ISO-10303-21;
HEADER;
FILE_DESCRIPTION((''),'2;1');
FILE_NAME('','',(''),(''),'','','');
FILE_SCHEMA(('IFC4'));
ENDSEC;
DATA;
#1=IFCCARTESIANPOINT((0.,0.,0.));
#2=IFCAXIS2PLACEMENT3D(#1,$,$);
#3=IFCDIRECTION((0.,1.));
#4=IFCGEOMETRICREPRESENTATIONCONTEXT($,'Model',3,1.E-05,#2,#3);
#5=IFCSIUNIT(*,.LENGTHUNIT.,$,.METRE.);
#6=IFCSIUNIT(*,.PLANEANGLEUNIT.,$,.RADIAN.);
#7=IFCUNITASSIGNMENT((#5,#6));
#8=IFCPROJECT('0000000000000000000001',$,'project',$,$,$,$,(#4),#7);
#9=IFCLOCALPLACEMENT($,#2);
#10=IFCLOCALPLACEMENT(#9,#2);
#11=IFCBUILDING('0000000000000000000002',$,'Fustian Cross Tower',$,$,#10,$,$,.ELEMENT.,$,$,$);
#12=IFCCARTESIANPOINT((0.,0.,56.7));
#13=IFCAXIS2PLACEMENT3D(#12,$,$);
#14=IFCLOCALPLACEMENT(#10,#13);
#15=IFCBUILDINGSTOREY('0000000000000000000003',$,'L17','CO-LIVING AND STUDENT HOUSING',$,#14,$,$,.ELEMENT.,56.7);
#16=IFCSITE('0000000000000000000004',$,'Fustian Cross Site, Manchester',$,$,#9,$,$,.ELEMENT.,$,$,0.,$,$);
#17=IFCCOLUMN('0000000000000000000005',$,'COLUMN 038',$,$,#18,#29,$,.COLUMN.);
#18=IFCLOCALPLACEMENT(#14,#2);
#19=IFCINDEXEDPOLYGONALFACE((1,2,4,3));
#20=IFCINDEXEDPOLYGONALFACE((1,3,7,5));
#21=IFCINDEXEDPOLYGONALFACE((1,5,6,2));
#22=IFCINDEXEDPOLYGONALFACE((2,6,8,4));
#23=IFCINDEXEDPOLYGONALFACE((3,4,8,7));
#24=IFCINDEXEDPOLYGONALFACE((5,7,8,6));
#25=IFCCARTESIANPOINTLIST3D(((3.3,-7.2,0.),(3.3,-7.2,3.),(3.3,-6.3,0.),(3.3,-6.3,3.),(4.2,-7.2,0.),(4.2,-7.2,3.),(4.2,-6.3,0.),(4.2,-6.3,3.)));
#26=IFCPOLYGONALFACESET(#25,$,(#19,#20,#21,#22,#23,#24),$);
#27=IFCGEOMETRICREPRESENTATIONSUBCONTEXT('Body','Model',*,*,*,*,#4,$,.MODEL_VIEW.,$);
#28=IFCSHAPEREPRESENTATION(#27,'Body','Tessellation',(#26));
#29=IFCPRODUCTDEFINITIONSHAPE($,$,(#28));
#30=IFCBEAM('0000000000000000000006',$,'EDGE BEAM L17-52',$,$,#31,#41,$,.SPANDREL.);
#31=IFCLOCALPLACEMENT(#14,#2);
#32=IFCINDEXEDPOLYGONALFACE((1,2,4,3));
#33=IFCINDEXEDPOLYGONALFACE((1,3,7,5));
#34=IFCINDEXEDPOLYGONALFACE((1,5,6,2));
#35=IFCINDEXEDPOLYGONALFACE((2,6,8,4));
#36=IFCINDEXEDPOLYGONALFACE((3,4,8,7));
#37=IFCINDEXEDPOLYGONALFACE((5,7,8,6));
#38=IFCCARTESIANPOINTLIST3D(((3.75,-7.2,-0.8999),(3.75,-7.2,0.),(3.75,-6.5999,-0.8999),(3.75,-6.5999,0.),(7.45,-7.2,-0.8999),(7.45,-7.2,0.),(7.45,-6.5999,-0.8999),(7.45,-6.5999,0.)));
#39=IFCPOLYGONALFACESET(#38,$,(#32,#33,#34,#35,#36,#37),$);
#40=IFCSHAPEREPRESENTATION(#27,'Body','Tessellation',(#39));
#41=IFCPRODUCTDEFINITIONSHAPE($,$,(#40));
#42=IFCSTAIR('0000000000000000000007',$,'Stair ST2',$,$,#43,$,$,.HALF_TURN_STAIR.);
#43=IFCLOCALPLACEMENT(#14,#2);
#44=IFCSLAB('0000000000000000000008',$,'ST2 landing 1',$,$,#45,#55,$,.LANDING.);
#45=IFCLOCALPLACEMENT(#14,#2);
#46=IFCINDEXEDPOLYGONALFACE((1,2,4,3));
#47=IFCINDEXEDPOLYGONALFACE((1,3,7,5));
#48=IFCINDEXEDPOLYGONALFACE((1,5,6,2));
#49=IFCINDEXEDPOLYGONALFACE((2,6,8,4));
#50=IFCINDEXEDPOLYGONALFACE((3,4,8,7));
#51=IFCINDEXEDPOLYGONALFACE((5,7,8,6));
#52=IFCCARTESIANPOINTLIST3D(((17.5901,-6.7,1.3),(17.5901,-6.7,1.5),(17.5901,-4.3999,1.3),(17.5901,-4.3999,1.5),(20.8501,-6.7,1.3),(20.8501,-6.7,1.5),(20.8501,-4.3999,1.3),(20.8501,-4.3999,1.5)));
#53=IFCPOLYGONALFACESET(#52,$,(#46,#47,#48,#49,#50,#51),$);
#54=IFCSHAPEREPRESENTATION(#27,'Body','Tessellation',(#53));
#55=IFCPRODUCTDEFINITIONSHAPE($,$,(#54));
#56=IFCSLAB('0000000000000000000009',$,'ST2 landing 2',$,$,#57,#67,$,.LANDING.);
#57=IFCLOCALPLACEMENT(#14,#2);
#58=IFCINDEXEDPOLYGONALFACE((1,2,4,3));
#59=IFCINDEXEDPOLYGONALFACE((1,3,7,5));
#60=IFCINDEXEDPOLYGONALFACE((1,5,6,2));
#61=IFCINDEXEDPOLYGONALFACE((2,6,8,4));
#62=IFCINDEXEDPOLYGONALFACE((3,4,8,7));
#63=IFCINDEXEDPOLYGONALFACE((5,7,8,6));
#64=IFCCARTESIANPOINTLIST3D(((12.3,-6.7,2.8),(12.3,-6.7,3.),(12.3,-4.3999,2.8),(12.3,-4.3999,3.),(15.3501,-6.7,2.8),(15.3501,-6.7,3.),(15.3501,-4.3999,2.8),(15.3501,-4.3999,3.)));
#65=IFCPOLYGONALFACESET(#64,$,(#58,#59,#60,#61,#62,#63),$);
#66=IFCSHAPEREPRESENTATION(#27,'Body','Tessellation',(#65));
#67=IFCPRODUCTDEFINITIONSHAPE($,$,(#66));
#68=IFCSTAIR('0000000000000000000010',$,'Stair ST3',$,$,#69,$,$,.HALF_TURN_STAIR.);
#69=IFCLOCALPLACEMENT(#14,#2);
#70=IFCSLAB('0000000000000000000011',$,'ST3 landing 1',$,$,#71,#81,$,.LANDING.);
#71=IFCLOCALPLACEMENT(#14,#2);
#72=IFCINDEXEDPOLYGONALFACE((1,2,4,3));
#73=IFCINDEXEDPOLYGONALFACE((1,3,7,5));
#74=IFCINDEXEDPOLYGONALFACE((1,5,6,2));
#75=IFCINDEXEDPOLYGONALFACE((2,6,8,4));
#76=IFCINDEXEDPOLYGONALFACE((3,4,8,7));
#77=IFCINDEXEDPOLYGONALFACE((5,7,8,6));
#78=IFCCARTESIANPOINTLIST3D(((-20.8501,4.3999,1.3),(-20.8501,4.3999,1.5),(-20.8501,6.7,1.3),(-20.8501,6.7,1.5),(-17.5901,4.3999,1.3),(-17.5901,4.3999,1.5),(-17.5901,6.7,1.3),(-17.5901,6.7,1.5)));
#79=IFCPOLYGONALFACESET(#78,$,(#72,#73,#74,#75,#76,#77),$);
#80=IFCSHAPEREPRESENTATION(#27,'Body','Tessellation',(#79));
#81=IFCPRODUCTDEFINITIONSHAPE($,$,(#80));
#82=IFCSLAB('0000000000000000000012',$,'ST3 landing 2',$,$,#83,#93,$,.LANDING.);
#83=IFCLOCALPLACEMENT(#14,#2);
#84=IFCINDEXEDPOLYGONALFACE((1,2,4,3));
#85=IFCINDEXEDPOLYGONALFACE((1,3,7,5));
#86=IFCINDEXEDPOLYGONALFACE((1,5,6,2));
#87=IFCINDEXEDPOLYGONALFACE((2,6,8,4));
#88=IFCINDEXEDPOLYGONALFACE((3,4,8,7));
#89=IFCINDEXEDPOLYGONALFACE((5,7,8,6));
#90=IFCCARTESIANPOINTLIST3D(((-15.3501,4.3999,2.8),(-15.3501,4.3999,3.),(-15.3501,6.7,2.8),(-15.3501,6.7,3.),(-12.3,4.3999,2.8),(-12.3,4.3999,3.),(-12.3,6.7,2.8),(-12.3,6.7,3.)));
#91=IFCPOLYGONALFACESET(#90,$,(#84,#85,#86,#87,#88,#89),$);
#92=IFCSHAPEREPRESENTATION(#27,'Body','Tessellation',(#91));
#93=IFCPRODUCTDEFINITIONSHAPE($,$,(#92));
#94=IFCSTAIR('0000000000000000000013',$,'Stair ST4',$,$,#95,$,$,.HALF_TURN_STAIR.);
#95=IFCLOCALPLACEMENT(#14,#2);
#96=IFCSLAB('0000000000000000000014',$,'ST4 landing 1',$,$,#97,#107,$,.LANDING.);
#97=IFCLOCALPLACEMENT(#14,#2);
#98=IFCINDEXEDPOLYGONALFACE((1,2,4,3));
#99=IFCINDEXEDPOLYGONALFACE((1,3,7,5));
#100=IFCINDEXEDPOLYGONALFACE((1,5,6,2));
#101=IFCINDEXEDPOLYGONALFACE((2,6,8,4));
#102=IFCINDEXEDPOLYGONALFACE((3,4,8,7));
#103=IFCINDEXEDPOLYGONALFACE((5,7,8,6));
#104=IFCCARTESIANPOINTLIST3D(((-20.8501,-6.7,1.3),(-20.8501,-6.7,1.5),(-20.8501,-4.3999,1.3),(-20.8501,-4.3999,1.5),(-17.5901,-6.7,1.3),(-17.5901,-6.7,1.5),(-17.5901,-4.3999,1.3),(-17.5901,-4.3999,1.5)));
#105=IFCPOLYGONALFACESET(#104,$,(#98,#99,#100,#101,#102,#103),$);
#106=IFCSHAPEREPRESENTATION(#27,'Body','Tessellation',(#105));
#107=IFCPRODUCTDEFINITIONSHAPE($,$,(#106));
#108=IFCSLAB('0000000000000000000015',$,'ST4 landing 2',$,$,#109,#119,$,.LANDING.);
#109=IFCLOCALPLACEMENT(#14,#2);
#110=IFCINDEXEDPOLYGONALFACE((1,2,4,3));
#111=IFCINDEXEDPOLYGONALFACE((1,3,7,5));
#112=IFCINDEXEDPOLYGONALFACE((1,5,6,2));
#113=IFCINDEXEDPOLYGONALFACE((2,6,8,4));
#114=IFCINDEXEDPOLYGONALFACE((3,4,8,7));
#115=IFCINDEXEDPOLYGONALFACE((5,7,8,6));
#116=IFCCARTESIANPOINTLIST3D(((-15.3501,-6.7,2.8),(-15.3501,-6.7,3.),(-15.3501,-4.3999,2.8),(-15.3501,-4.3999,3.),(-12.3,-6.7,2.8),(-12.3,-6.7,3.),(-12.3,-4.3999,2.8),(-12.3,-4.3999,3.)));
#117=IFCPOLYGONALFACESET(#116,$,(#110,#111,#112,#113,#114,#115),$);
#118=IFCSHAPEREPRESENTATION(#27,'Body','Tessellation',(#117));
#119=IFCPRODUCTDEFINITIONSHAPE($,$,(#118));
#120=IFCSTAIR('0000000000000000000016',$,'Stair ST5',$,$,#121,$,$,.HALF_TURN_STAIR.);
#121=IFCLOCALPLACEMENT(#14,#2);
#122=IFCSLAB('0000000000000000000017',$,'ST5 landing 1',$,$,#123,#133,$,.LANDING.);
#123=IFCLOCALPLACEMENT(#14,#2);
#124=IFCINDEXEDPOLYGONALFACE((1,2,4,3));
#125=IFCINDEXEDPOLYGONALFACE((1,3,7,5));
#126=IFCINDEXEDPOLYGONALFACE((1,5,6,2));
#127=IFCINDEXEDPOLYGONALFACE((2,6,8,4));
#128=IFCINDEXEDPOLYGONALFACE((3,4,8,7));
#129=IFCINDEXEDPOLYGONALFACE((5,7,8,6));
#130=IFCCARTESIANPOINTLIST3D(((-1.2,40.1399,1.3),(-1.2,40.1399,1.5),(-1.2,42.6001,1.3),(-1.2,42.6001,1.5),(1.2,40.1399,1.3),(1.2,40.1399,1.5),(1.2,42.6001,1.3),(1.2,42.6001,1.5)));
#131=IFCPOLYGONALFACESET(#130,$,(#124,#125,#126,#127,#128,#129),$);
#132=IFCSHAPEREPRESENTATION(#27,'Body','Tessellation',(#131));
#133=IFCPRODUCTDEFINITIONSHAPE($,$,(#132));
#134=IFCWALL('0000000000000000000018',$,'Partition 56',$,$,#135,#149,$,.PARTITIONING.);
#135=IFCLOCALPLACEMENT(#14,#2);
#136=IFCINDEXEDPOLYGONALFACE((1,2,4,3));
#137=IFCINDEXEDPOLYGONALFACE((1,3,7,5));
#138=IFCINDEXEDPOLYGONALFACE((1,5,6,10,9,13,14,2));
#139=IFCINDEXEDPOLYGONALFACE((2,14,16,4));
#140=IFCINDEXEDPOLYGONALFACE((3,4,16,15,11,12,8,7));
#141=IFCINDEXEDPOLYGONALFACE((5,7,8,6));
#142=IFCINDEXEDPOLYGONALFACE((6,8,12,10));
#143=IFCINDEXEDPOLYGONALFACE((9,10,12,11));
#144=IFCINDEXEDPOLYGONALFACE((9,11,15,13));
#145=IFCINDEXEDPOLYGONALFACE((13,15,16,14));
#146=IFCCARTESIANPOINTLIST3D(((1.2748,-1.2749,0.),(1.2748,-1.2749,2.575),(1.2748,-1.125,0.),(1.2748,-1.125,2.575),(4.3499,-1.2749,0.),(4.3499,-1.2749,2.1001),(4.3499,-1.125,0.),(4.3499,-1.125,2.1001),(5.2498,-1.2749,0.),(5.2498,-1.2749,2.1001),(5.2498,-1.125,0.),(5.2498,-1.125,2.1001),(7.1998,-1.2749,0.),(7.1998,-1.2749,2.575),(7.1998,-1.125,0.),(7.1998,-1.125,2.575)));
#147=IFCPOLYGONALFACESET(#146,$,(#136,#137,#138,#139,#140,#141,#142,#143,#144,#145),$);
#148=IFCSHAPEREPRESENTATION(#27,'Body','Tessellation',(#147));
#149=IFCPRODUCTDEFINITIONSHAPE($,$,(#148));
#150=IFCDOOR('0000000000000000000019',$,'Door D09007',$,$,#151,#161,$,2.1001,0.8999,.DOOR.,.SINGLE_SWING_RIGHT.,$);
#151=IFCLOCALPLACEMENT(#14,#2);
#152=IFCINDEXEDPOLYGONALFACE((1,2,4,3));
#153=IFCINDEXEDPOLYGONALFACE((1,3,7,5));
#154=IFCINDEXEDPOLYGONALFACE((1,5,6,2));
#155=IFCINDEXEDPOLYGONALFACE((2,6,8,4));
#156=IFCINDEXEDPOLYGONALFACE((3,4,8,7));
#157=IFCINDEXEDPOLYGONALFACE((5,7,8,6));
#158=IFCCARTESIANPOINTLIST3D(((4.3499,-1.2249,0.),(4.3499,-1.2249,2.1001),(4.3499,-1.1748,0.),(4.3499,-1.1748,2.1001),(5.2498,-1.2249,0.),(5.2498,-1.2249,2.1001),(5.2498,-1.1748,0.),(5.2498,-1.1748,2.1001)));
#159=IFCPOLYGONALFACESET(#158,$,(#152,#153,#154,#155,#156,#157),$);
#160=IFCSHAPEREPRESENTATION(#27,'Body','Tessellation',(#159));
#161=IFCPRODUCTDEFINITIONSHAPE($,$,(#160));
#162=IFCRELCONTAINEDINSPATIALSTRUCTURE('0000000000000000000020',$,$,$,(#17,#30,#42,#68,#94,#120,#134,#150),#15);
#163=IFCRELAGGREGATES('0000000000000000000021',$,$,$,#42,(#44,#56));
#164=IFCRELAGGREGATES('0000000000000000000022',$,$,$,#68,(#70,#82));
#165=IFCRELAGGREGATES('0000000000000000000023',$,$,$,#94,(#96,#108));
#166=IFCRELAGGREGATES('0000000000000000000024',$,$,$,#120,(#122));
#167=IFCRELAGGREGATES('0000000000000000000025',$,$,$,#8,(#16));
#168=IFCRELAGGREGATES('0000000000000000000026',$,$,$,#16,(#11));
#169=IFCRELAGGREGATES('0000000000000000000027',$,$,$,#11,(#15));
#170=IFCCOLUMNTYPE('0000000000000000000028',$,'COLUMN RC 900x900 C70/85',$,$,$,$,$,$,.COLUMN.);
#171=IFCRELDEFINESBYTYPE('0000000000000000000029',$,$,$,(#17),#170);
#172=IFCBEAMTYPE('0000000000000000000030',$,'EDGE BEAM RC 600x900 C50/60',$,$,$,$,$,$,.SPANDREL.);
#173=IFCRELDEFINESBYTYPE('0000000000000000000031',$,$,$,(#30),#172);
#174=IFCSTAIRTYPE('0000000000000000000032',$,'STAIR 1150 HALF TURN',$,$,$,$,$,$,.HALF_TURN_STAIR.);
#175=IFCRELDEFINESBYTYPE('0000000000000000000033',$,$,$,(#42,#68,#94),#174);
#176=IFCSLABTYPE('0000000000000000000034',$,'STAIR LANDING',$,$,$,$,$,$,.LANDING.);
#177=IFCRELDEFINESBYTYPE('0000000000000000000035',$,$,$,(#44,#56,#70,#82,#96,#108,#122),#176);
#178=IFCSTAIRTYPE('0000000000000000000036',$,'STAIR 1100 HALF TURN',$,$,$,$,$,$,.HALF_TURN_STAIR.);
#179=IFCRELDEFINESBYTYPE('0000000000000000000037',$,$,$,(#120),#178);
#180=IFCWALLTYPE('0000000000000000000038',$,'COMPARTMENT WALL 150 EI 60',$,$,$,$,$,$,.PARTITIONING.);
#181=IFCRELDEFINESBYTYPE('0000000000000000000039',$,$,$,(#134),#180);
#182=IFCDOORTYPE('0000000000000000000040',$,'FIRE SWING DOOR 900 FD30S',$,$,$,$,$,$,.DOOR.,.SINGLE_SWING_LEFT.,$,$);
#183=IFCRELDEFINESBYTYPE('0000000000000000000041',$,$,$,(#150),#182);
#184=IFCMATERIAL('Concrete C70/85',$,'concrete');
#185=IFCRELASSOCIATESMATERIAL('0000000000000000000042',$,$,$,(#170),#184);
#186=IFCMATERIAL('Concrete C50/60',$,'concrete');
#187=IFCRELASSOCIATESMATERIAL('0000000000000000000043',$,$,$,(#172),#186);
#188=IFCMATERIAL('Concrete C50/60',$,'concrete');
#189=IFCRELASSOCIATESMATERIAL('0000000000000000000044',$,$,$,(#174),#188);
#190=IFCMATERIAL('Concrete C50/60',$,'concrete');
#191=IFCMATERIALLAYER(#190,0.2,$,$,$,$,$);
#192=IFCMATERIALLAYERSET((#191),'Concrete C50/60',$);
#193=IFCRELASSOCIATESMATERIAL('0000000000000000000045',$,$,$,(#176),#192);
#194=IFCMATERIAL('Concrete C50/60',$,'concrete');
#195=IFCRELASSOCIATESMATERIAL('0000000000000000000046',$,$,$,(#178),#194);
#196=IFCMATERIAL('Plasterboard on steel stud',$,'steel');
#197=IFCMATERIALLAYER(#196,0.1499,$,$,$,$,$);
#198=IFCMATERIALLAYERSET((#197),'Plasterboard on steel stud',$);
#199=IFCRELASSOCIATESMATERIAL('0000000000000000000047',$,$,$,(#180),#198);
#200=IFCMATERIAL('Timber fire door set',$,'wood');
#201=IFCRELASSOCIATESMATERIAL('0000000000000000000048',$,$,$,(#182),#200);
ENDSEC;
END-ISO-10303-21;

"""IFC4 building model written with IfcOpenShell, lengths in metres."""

from ifc_helpers import new_model, si_unit, direction, frame, frame_2d, origin, origin_2d, place, context, subcontext, project, spatial, polyline, rectangle, outline, extrude, material, layer, layer_set, material_profile, profile_set, type_object, element, fill, aggregate, save


model = new_model("IFC4")

# Units and contexts
model_context = context("Model", 3, precision=1e-05, world=origin(), true_north=direction((0.0, 1.0)))
body_context = subcontext(model_context, "Body", "Model", "MODEL_VIEW")
ifc_project = project(units=[si_unit("LENGTHUNIT", "METRE"), si_unit("PLANEANGLEUNIT", "RADIAN")], contexts=[model_context])

# Site, building, storey
site_placement = place(None, origin())
site = spatial("IfcSite", under=ifc_project, at=site_placement, Name="Fustian Cross Site, Manchester", CompositionType="ELEMENT", RefElevation=0.0)
building_placement = place(site_placement, origin())
building = spatial("IfcBuilding", under=site, at=building_placement, Name="Fustian Cross Tower", CompositionType="ELEMENT")
storey_placement = place(building_placement, frame((0.0, 0.0, 56.7)))
storey = spatial("IfcBuildingStorey", under=building, at=storey_placement, Name="L17", Description="CO-LIVING AND STUDENT HOUSING", CompositionType="ELEMENT", Elevation=56.7)

# Column
ifc_material_1 = material(Name="Concrete C70/85", Category="concrete")
ifc_material_profile_1 = material_profile(ifc_material_1, rectangle(XDim=0.8999, YDim=0.8999, at=origin_2d()), Name="RC 900x900")
ifc_profile_set_1 = profile_set([ifc_material_profile_1], Name="Concrete C70/85")
column_type = type_object("IfcColumnType", Name="COLUMN RC 900x900 C70/85", PredefinedType="COLUMN", material=ifc_profile_set_1)
column_placement = place(storey_placement, frame((3.75, -6.75, 0.0), z_axis=(0.0, 0.0, 1.0), x_axis=(1.0, 0.0, 0.0)))
element("IfcColumn", 1, at=column_placement, inside=storey, type_object=column_type, Name="COLUMN 038", PredefinedType="COLUMN", context=body_context, shape_type="SweptSolid", body=[
    extrude(rectangle(XDim=0.8999, YDim=0.8999, at=origin_2d()), origin(), (0.0, 0.0, 1.0), 3.0),
])

# Beam
ifc_material_2 = material(Name="Concrete C50/60", Category="concrete")
ifc_material_profile_2 = material_profile(ifc_material_2, rectangle(XDim=0.6001, YDim=0.8999, at=origin_2d()), Name="RC 600x900")
ifc_profile_set_2 = profile_set([ifc_material_profile_2], Name="Concrete C50/60")
beam_type = type_object("IfcBeamType", Name="EDGE BEAM RC 600x900 C50/60", PredefinedType="SPANDREL", material=ifc_profile_set_2)
beam_placement = place(storey_placement, frame((3.75, -6.8999, -0.45), z_axis=(1.0, 0.0, 0.0), x_axis=(0.0, 1.0, 0.0)))
element("IfcBeam", 2, at=beam_placement, inside=storey, type_object=beam_type, Name="EDGE BEAM L17-52", PredefinedType="SPANDREL", context=body_context, shape_type="SweptSolid", body=[
    extrude(rectangle(XDim=0.6001, YDim=0.8999, at=origin_2d()), origin(), (0.0, 0.0, 1.0), 3.7),
])

# Stairs, slabs
ifc_material_3 = material(Name="Concrete C50/60", Category="concrete")
stair_type_1 = type_object("IfcStairType", Name="STAIR 1150 HALF TURN", PredefinedType="HALF_TURN_STAIR", material=ifc_material_3)
stair_1_placement = place(storey_placement, origin())
stair_1 = element("IfcStair", 3, at=stair_1_placement, inside=storey, type_object=stair_type_1, Name="Stair ST2", PredefinedType="HALF_TURN_STAIR")
ifc_material_4 = material(Name="Concrete C50/60", Category="concrete")
ifc_layer_1 = layer(ifc_material_4, 0.2)
ifc_layer_set_1 = layer_set([ifc_layer_1], Name="Concrete C50/60")
slab_type = type_object("IfcSlabType", Name="STAIR LANDING", PredefinedType="LANDING", material=ifc_layer_set_1)
slab_1_placement = place(storey_placement, frame((0.0, 0.0, 1.3)))
slab_1 = element("IfcSlab", 4, at=slab_1_placement, type_object=slab_type, Name="ST2 landing 1", PredefinedType="LANDING", context=body_context, shape_type="SweptSolid", body=[
    extrude(outline(polyline([(17.5901, -4.3999), (20.8501, -4.3999), (20.8501, -6.7), (17.5901, -6.7), (17.5901, -4.3999)])), origin(), (0.0, 0.0, 1.0), 0.2),
])
slab_2_placement = place(storey_placement, frame((0.0, 0.0, 2.8)))
slab_2 = element("IfcSlab", 5, at=slab_2_placement, type_object=slab_type, Name="ST2 landing 2", PredefinedType="LANDING", context=body_context, shape_type="SweptSolid", body=[
    extrude(outline(polyline([(12.3, -4.3999), (15.3501, -4.3999), (15.3501, -6.7), (12.3, -6.7), (12.3, -4.3999)])), origin(), (0.0, 0.0, 1.0), 0.2),
])
aggregate(stair_1, [slab_1, slab_2])
stair_2_placement = place(storey_placement, origin())
stair_2 = element("IfcStair", 6, at=stair_2_placement, inside=storey, type_object=stair_type_1, Name="Stair ST3", PredefinedType="HALF_TURN_STAIR")
slab_3_placement = place(storey_placement, frame((0.0, 0.0, 1.3)))
slab_3 = element("IfcSlab", 7, at=slab_3_placement, type_object=slab_type, Name="ST3 landing 1", PredefinedType="LANDING", context=body_context, shape_type="SweptSolid", body=[
    extrude(outline(polyline([(-17.5901, 4.3999), (-20.8501, 4.3999), (-20.8501, 6.7), (-17.5901, 6.7), (-17.5901, 4.3999)])), origin(), (0.0, 0.0, 1.0), 0.2),
])
slab_4_placement = place(storey_placement, frame((0.0, 0.0, 2.8)))
slab_4 = element("IfcSlab", 8, at=slab_4_placement, type_object=slab_type, Name="ST3 landing 2", PredefinedType="LANDING", context=body_context, shape_type="SweptSolid", body=[
    extrude(outline(polyline([(-12.3, 4.3999), (-15.3501, 4.3999), (-15.3501, 6.7), (-12.3, 6.7), (-12.3, 4.3999)])), origin(), (0.0, 0.0, 1.0), 0.2),
])
aggregate(stair_2, [slab_3, slab_4])
stair_3_placement = place(storey_placement, origin())
stair_3 = element("IfcStair", 9, at=stair_3_placement, inside=storey, type_object=stair_type_1, Name="Stair ST4", PredefinedType="HALF_TURN_STAIR")
slab_5_placement = place(storey_placement, frame((0.0, 0.0, 1.3)))
slab_5 = element("IfcSlab", 10, at=slab_5_placement, type_object=slab_type, Name="ST4 landing 1", PredefinedType="LANDING", context=body_context, shape_type="SweptSolid", body=[
    extrude(outline(polyline([(-17.5901, -4.3999), (-20.8501, -4.3999), (-20.8501, -6.7), (-17.5901, -6.7), (-17.5901, -4.3999)])), origin(), (0.0, 0.0, 1.0), 0.2),
])
slab_6_placement = place(storey_placement, frame((0.0, 0.0, 2.8)))
slab_6 = element("IfcSlab", 11, at=slab_6_placement, type_object=slab_type, Name="ST4 landing 2", PredefinedType="LANDING", context=body_context, shape_type="SweptSolid", body=[
    extrude(outline(polyline([(-12.3, -4.3999), (-15.3501, -4.3999), (-15.3501, -6.7), (-12.3, -6.7), (-12.3, -4.3999)])), origin(), (0.0, 0.0, 1.0), 0.2),
])
aggregate(stair_3, [slab_5, slab_6])

# Stair, slab
ifc_material_5 = material(Name="Concrete C50/60", Category="concrete")
stair_type_2 = type_object("IfcStairType", Name="STAIR 1100 HALF TURN", PredefinedType="HALF_TURN_STAIR", material=ifc_material_5)
stair_4_placement = place(storey_placement, origin())
stair_4 = element("IfcStair", 12, at=stair_4_placement, inside=storey, type_object=stair_type_2, Name="Stair ST5", PredefinedType="HALF_TURN_STAIR")
slab_7_placement = place(storey_placement, frame((0.0, 0.0, 1.3)))
slab_7 = element("IfcSlab", 13, at=slab_7_placement, type_object=slab_type, Name="ST5 landing 1", PredefinedType="LANDING", context=body_context, shape_type="SweptSolid", body=[
    extrude(outline(polyline([(-1.2, 40.1399), (-1.2, 42.6001), (1.2, 42.6001), (1.2, 40.1399), (-1.2, 40.1399)])), origin(), (0.0, 0.0, 1.0), 0.2),
])
aggregate(stair_4, [slab_7])

# Wall, opening, door
ifc_material_6 = material(Name="Plasterboard on steel stud", Category="steel")
ifc_layer_2 = layer(ifc_material_6, 0.1499)
ifc_layer_set_2 = layer_set([ifc_layer_2], Name="Plasterboard on steel stud")
wall_type_1 = type_object("IfcWallType", Name="COMPARTMENT WALL 150 EI 60", PredefinedType="PARTITIONING", material=ifc_layer_set_2)
wall_1_placement = place(storey_placement, frame((1.2749, -1.2, 0.0), z_axis=(0.0, 0.0, 1.0), x_axis=(1.0, 0.0, 0.0)))
wall_1 = element("IfcWall", 14, at=wall_1_placement, inside=storey, type_object=wall_type_1, Name="Partition 56", PredefinedType="PARTITIONING", context=body_context, shape_type="SweptSolid", body=[
    extrude(rectangle(XDim=5.925, YDim=0.1499, at=frame_2d((2.9624, 0.0))), origin(), (0.0, 0.0, 1.0), 2.575),
])
opening_1_placement = place(wall_1_placement, frame((3.075, 0.0, 0.0)))
opening_1 = element("IfcOpeningElement", 15, at=opening_1_placement, cuts=wall_1, PredefinedType="OPENING", context=body_context, shape_type="SweptSolid", body=[
    extrude(rectangle(XDim=0.8999, YDim=2.1001, at=frame_2d((0.45, 1.05))), frame((0.0, 0.085, 0.0), z_axis=(0.0, -1.0, 0.0), x_axis=(1.0, 0.0, 0.0)), (0.0, 0.0, 1.0), 0.1699),
])
ifc_material_7 = material(Name="Timber fire door set", Category="wood")
door_type_1 = type_object("IfcDoorType", Name="FIRE SWING DOOR 900 FD30S", OperationType="SINGLE_SWING_LEFT", PredefinedType="DOOR", material=ifc_material_7)
door_1_placement = place(opening_1_placement, frame((0.8999, 0.0, 0.0), z_axis=(0.0, 0.0, 1.0), x_axis=(-1.0, 0.0, 0.0)))
door_1 = element("IfcDoor", 16, at=door_1_placement, inside=storey, type_object=door_type_1, Name="Door D09007", OperationType="SINGLE_SWING_RIGHT", OverallHeight=2.1001, OverallWidth=0.8999, PredefinedType="DOOR", context=body_context, shape_type="SweptSolid", body=[
    extrude(rectangle(XDim=0.8999, YDim=2.1001, at=frame_2d((0.45, 1.05))), frame((0.0, 0.0249, 0.0), z_axis=(0.0, -1.0, 0.0), x_axis=(1.0, 0.0, 0.0)), (0.0, 0.0, 1.0), 0.05),
])
fill(opening_1, door_1)

save(model, "model.ifc")
